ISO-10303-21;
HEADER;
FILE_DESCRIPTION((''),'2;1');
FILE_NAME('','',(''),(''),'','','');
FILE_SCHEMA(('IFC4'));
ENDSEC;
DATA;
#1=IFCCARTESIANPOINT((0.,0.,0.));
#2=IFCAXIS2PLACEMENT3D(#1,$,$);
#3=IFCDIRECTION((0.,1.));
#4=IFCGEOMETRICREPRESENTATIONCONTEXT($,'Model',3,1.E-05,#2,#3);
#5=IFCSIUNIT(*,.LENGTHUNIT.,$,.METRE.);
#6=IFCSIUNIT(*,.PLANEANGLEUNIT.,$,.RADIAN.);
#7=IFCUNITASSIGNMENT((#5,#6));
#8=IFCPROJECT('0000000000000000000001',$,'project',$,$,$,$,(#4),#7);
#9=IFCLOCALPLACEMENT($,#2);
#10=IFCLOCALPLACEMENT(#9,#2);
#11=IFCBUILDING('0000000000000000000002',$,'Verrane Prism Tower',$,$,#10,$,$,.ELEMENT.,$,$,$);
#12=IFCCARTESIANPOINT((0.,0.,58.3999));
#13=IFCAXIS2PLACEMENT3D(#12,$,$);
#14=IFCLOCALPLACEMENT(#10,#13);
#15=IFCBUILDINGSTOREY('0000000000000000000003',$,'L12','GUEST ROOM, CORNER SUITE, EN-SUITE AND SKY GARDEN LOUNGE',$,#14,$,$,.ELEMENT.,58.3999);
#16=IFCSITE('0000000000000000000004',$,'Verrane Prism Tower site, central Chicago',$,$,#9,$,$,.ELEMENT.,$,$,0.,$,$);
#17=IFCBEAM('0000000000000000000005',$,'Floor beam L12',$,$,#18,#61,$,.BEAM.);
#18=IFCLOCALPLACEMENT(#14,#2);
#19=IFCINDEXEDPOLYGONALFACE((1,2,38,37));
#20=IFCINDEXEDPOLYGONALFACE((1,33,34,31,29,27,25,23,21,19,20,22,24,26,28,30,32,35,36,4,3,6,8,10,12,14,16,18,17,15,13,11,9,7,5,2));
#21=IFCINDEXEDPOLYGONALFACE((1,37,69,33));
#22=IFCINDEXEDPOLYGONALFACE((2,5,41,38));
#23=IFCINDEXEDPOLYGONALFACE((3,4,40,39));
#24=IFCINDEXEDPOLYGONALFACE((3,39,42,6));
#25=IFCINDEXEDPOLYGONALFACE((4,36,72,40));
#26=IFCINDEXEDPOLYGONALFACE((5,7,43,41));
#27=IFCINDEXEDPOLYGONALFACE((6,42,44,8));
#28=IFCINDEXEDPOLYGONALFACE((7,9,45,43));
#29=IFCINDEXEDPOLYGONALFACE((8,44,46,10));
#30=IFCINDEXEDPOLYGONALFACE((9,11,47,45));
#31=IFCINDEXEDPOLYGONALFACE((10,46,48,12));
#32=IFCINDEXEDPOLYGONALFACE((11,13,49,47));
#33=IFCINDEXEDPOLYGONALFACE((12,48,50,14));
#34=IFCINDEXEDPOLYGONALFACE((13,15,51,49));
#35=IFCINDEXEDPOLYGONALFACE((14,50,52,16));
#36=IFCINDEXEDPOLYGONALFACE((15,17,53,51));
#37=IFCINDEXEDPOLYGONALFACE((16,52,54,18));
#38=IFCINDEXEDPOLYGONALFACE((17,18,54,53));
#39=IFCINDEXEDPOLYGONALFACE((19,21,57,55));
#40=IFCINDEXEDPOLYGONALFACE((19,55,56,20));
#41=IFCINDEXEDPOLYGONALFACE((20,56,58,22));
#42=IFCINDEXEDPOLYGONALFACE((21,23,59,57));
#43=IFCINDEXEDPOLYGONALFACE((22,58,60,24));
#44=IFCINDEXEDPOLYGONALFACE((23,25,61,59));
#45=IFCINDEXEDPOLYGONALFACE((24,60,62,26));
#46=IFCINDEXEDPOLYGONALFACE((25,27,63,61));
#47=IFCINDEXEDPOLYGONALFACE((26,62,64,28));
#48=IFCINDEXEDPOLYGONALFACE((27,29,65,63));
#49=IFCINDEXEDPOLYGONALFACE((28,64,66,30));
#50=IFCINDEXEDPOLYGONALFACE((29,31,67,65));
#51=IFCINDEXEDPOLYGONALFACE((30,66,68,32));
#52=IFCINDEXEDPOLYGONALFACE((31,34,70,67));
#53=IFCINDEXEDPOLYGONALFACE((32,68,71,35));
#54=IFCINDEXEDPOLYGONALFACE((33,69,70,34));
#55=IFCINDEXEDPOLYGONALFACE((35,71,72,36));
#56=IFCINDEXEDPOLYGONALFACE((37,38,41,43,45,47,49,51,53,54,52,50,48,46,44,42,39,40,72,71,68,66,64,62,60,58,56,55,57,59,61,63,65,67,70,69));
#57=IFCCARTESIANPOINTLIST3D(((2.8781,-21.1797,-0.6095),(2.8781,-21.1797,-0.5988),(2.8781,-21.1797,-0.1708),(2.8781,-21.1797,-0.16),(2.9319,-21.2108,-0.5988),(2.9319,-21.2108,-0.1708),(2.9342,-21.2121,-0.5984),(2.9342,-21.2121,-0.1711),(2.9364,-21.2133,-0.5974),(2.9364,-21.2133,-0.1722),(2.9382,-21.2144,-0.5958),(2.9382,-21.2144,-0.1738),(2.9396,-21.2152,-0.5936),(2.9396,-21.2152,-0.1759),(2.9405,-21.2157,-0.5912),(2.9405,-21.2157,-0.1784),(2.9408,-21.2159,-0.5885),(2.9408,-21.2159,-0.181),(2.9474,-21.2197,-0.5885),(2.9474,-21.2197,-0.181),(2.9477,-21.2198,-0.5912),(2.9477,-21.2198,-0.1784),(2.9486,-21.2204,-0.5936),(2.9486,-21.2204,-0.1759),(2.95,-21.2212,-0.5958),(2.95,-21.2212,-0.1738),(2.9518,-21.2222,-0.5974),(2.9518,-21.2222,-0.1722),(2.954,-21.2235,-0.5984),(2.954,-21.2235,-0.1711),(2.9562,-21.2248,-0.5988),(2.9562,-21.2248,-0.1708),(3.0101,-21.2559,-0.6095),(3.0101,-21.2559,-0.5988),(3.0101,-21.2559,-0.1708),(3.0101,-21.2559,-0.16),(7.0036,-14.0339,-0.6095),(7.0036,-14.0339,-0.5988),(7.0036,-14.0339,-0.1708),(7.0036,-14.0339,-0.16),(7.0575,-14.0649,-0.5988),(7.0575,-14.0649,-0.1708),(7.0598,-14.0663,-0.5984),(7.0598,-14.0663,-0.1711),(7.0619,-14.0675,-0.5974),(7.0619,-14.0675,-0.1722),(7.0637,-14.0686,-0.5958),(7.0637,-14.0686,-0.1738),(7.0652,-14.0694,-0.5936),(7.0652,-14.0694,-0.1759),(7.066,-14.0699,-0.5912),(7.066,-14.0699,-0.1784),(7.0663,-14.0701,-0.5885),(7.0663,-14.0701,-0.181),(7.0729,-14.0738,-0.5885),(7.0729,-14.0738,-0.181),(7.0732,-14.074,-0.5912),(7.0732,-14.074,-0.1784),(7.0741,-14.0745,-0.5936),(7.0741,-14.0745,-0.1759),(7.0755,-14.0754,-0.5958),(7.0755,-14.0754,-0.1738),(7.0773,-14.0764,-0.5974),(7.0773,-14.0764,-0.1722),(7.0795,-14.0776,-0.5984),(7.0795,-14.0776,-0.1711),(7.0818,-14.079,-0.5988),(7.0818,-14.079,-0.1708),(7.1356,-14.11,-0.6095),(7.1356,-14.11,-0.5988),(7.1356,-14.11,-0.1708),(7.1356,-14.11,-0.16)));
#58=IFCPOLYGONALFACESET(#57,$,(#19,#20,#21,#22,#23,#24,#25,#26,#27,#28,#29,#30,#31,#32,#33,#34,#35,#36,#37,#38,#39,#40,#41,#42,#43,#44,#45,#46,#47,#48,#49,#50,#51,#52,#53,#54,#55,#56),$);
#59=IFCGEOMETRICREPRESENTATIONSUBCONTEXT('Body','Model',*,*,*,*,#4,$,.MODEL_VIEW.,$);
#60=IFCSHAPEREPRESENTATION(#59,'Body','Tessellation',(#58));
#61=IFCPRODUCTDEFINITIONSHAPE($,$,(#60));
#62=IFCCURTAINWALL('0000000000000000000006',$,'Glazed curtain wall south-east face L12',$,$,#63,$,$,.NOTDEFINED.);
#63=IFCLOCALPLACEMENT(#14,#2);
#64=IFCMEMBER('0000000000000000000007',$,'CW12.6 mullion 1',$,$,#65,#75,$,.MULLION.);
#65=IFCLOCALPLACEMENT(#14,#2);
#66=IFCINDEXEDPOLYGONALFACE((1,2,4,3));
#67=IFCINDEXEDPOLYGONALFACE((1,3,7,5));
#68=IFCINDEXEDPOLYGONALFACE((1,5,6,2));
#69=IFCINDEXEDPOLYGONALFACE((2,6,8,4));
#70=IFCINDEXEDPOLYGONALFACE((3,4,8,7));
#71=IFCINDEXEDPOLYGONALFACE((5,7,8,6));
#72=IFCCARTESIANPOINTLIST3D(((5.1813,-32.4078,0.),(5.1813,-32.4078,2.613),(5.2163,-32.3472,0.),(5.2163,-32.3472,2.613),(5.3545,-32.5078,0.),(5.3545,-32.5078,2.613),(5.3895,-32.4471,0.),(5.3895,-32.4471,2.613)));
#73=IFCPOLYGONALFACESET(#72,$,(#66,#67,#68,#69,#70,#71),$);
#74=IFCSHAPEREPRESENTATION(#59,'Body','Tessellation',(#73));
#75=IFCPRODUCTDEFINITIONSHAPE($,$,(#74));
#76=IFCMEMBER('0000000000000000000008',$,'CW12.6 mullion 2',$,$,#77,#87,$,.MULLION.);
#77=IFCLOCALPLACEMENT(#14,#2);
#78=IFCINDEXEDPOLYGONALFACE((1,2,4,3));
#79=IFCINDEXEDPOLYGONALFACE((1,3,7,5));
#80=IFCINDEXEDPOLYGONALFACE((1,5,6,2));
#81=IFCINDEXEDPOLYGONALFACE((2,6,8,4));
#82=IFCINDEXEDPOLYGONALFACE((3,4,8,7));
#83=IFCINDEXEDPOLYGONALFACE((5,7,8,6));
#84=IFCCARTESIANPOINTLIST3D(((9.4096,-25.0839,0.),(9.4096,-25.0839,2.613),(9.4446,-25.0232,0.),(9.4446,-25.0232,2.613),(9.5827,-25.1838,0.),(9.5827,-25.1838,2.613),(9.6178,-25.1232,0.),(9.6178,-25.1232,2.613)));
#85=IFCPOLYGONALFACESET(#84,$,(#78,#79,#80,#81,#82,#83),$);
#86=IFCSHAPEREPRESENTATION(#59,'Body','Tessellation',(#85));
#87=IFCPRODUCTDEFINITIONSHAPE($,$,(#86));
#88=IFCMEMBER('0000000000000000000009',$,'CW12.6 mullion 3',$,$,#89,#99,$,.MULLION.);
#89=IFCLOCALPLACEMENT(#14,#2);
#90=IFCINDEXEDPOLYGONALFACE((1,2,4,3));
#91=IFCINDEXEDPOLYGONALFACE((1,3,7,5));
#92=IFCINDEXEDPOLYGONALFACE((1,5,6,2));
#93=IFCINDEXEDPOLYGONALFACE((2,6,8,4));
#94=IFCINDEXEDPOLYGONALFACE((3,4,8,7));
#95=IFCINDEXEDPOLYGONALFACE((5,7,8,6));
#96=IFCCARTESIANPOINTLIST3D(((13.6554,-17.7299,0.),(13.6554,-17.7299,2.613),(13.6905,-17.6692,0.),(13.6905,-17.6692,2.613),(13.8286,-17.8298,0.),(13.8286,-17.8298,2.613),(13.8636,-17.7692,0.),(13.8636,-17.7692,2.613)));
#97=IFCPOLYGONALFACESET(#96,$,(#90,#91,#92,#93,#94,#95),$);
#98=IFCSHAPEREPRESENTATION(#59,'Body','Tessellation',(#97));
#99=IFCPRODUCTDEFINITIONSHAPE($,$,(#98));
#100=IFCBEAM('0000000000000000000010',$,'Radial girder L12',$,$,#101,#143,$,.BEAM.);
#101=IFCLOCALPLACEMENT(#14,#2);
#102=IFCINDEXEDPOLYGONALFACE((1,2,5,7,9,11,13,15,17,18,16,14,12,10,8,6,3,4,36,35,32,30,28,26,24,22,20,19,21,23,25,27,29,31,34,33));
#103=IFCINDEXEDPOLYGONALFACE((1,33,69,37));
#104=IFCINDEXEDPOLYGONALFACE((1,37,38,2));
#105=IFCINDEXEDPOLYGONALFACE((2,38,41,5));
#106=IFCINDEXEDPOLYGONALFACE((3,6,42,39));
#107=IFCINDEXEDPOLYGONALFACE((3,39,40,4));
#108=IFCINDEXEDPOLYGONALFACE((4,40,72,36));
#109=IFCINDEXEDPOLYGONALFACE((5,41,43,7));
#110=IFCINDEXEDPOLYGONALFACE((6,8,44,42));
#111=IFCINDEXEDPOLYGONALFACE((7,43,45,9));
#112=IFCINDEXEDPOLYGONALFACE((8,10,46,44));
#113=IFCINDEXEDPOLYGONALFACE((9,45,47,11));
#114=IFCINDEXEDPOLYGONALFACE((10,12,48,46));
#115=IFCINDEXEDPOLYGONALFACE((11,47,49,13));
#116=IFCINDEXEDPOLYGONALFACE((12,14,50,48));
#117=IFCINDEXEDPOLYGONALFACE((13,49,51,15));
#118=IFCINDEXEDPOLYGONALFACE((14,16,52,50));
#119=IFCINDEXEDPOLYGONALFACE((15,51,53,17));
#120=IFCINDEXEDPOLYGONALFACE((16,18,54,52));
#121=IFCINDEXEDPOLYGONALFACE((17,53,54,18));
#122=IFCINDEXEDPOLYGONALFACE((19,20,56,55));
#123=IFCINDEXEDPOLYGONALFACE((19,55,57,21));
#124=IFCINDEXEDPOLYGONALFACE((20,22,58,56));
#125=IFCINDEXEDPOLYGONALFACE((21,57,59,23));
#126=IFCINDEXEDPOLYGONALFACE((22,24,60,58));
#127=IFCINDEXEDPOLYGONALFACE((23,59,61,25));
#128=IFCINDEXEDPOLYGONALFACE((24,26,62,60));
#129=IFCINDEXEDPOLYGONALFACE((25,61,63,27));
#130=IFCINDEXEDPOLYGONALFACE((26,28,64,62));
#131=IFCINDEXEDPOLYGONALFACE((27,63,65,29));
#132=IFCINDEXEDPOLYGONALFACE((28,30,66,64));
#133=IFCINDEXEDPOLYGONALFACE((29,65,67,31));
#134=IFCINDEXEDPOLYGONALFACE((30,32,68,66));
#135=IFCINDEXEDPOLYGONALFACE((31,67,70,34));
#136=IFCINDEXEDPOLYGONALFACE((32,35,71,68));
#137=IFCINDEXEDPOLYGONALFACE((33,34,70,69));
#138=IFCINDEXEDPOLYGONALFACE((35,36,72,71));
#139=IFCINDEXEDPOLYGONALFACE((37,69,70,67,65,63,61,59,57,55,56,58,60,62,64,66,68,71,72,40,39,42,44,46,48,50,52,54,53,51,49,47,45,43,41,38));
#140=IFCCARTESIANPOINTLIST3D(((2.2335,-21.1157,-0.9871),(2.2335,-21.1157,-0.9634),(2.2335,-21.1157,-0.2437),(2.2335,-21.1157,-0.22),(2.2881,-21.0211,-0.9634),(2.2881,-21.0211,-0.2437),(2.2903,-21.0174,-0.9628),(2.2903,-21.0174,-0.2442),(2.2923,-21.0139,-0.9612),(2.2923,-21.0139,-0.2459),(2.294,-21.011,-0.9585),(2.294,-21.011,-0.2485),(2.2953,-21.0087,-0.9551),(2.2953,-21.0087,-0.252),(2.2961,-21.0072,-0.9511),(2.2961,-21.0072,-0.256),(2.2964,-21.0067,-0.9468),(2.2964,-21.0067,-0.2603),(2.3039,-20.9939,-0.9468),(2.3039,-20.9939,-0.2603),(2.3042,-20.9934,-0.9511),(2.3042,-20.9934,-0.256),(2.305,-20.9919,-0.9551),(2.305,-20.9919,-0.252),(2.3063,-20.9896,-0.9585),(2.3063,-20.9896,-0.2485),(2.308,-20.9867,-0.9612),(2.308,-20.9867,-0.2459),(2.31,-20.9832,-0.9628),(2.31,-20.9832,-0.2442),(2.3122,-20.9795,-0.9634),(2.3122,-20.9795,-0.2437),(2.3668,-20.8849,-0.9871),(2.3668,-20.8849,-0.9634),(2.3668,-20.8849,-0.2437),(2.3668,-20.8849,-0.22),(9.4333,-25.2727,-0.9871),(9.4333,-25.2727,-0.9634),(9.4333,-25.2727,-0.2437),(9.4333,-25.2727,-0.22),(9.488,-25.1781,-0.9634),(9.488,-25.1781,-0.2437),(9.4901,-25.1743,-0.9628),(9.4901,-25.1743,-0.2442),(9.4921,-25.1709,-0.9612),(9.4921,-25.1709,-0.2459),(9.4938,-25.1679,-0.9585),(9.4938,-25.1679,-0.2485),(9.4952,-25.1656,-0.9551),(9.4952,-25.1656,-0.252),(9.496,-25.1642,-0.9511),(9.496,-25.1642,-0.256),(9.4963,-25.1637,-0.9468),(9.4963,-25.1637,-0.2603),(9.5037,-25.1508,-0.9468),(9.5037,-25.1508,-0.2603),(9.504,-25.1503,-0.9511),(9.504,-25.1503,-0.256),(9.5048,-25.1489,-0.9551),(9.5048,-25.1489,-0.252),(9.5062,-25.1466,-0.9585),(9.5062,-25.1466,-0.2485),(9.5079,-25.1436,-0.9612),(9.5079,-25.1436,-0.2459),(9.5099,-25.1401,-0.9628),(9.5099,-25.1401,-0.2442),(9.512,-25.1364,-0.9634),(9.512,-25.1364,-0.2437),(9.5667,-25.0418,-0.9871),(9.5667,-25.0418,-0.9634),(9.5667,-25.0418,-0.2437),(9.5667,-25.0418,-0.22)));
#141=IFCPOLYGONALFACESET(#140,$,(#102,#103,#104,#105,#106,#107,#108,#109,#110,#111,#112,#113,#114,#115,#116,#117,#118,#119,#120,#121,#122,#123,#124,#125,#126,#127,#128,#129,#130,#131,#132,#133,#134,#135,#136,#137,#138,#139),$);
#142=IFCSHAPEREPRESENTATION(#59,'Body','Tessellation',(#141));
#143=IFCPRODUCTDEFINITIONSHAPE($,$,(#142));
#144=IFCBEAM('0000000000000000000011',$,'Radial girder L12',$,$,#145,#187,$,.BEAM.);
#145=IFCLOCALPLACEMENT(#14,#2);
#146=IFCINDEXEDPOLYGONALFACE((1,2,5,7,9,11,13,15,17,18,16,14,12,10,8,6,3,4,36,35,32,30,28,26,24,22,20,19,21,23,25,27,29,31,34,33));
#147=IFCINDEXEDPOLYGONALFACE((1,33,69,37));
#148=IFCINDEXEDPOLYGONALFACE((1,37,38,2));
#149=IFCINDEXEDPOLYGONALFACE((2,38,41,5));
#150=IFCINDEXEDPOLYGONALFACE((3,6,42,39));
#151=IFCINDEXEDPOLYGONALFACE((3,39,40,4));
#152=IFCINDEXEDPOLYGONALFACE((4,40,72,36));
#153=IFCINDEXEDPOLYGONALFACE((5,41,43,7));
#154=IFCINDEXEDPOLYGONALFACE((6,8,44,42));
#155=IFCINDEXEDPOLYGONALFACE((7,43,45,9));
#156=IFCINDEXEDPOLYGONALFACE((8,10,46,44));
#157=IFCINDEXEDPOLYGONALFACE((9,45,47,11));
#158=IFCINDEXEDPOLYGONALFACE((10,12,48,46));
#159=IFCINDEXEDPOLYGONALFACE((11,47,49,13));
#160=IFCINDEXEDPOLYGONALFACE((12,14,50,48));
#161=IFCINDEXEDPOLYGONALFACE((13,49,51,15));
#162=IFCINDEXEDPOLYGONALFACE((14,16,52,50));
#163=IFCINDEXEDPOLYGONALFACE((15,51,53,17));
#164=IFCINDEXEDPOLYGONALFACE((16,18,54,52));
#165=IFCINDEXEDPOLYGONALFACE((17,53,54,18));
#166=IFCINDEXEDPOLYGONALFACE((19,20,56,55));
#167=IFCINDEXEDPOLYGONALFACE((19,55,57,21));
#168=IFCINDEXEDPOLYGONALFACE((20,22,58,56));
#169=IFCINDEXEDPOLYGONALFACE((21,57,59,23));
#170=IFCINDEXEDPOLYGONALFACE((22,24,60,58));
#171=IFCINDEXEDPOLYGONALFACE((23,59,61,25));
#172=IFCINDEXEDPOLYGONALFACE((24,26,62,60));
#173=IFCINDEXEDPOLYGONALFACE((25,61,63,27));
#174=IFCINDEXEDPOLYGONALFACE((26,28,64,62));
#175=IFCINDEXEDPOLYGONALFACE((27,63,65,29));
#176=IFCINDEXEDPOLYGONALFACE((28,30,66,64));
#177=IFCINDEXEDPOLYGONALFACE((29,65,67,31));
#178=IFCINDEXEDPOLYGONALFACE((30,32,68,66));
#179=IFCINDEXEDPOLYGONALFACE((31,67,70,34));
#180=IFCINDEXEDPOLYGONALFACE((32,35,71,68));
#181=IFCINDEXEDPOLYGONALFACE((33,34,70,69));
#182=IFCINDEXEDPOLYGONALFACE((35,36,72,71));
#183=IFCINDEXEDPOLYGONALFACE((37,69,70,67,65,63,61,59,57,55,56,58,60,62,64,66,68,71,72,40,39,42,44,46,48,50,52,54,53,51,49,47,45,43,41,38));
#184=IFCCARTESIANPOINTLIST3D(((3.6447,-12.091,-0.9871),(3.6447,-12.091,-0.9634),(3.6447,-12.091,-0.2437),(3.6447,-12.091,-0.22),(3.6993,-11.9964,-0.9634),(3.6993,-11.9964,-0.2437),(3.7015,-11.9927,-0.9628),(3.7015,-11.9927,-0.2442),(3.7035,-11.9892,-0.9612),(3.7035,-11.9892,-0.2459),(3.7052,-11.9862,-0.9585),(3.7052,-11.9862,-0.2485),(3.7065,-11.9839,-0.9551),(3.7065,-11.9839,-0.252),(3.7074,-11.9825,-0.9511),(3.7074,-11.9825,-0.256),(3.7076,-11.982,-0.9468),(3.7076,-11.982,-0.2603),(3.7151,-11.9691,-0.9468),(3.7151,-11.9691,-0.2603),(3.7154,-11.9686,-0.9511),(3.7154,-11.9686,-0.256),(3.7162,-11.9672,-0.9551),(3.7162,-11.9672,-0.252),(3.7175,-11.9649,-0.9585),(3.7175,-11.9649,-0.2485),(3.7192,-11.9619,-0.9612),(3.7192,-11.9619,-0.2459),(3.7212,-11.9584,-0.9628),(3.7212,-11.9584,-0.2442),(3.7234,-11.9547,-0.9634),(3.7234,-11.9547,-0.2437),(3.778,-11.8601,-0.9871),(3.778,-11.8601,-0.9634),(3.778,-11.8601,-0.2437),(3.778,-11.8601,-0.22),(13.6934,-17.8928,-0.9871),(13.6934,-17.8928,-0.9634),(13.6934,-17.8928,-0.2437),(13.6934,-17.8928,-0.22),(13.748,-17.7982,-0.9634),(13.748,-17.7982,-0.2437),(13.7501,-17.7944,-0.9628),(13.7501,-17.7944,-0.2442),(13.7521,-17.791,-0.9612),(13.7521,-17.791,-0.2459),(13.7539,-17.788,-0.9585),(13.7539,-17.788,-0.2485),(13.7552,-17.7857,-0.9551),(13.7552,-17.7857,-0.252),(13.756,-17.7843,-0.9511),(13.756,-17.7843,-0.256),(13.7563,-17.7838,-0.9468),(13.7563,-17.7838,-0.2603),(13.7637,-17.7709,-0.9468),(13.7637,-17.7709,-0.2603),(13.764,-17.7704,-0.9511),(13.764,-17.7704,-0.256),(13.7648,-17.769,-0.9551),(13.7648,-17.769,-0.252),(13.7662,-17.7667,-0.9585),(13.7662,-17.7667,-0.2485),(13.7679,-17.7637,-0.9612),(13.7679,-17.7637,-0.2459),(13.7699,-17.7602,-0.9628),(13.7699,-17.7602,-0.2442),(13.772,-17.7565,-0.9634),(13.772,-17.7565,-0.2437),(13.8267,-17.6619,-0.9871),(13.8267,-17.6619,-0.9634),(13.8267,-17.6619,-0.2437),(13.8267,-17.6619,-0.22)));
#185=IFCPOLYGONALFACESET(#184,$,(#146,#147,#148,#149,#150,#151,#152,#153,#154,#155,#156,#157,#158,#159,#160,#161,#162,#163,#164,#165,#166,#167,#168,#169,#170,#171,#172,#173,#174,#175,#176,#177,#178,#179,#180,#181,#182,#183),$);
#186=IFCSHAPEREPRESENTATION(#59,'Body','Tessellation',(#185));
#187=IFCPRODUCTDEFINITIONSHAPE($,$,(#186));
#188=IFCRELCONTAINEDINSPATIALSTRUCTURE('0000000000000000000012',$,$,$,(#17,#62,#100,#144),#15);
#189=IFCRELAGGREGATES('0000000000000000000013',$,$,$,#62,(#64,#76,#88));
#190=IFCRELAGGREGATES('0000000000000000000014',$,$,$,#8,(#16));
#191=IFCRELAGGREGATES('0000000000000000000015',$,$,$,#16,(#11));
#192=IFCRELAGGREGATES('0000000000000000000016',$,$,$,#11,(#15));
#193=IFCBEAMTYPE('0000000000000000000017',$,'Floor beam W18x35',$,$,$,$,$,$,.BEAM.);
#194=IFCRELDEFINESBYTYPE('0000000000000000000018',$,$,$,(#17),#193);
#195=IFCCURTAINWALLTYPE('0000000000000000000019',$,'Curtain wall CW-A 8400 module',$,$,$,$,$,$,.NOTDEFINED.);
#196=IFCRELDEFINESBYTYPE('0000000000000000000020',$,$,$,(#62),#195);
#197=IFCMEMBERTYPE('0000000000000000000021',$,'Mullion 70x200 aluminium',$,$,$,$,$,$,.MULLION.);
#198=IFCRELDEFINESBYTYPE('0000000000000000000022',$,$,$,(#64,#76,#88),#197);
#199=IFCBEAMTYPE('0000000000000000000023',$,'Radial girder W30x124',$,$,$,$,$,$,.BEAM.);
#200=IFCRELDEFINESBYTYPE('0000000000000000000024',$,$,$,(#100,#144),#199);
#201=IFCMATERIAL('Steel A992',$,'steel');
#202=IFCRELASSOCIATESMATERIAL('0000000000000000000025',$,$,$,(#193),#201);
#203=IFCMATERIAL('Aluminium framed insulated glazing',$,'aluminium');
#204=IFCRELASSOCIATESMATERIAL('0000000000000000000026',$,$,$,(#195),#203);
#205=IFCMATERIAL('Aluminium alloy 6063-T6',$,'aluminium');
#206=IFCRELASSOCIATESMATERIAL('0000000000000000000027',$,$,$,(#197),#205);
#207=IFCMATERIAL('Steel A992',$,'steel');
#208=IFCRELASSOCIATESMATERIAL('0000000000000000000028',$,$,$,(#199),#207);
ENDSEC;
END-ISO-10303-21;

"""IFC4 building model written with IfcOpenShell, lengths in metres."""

from ifc_helpers import new_model, si_unit, direction, frame, origin, origin_2d, place, context, subcontext, project, spatial, rectangle, i_section, extrude, material, material_profile, profile_set, type_object, element, aggregate, save


model = new_model("IFC4")

# Units and contexts
model_context = context("Model", 3, precision=1e-05, world=origin(), true_north=direction((0.0, 1.0)))
body_context = subcontext(model_context, "Body", "Model", "MODEL_VIEW")
ifc_project = project(units=[si_unit("LENGTHUNIT", "METRE"), si_unit("PLANEANGLEUNIT", "RADIAN")], contexts=[model_context])

# Site, building, storey
site_placement = place(None, origin())
site = spatial("IfcSite", under=ifc_project, at=site_placement, Name="Verrane Prism Tower site, central Chicago", CompositionType="ELEMENT", RefElevation=0.0)
building_placement = place(site_placement, origin())
building = spatial("IfcBuilding", under=site, at=building_placement, Name="Verrane Prism Tower", CompositionType="ELEMENT")
storey_placement = place(building_placement, frame((0.0, 0.0, 58.3999)))
storey = spatial("IfcBuildingStorey", under=building, at=storey_placement, Name="L12", Description="GUEST ROOM, CORNER SUITE, EN-SUITE AND SKY GARDEN LOUNGE", CompositionType="ELEMENT", Elevation=58.3999)

# Beam
ifc_material_1 = material(Name="Steel A992", Category="steel")
ifc_material_profile_1 = material_profile(ifc_material_1, i_section(OverallWidth=0.1523, OverallDepth=0.4495, WebThickness=0.0076, FlangeThickness=0.0107, FilletRadius=0.0103, at=origin_2d()), Name="W18x35")
ifc_profile_set_1 = profile_set([ifc_material_profile_1], Name="Steel A992")
beam_type_1 = type_object("IfcBeamType", Name="Floor beam W18x35", PredefinedType="BEAM", material=ifc_profile_set_1)
beam_1_placement = place(storey_placement, frame((2.9441, -21.2178, -0.3848), z_axis=(0.49999, 0.866031, 0.0), x_axis=(-0.866031, 0.49999, 0.0)))
element("IfcBeam", 1, at=beam_1_placement, inside=storey, type_object=beam_type_1, Name="Floor beam L12", PredefinedType="BEAM", context=body_context, shape_type="SweptSolid", body=[
    extrude(i_section(OverallWidth=0.1523, OverallDepth=0.4495, WebThickness=0.0076, FlangeThickness=0.0107, FilletRadius=0.0103, at=origin_2d()), origin(), (0.0, 0.0, 1.0), 8.2512),
])

# Curtain wall, members
ifc_material_2 = material(Name="Aluminium framed insulated glazing", Category="aluminium")
curtain_wall_type = type_object("IfcCurtainWallType", Name="Curtain wall CW-A 8400 module", PredefinedType="NOTDEFINED", material=ifc_material_2)
curtain_wall_1_placement = place(storey_placement, origin())
curtain_wall_1 = element("IfcCurtainWall", 2, at=curtain_wall_1_placement, inside=storey, type_object=curtain_wall_type, Name="Glazed curtain wall south-east face L12", PredefinedType="NOTDEFINED")
ifc_material_3 = material(Name="Aluminium alloy 6063-T6", Category="aluminium")
ifc_material_profile_2 = material_profile(ifc_material_3, rectangle(XDim=0.2, YDim=0.0701, at=origin_2d()), Name="Mullion 70x200 aluminium")
ifc_profile_set_2 = profile_set([ifc_material_profile_2], Name="Aluminium alloy 6063-T6")
member_type_1 = type_object("IfcMemberType", Name="Mullion 70x200 aluminium", PredefinedType="MULLION", material=ifc_profile_set_2)
member_1_placement = place(storey_placement, frame((5.2854, -32.4275, 0.0), z_axis=(0.0, 0.0, 1.0), x_axis=(-0.866026, 0.499999, 0.0)))
member_1 = element("IfcMember", 3, at=member_1_placement, type_object=member_type_1, Name="CW12.6 mullion 1", PredefinedType="MULLION", context=body_context, shape_type="SweptSolid", body=[
    extrude(rectangle(XDim=0.2, YDim=0.0701, at=origin_2d()), origin(), (0.0, 0.0, 1.0), 2.613),
])
member_2_placement = place(storey_placement, frame((9.5137, -25.1035, 0.0), z_axis=(0.0, 0.0, 1.0), x_axis=(-0.866026, 0.499999, 0.0)))
member_2 = element("IfcMember", 4, at=member_2_placement, type_object=member_type_1, Name="CW12.6 mullion 2", PredefinedType="MULLION", context=body_context, shape_type="SweptSolid", body=[
    extrude(rectangle(XDim=0.2, YDim=0.0701, at=origin_2d()), origin(), (0.0, 0.0, 1.0), 2.613),
])
member_3_placement = place(storey_placement, frame((13.7595, -17.7495, 0.0), z_axis=(0.0, 0.0, 1.0), x_axis=(-0.866026, 0.499999, 0.0)))
member_3 = element("IfcMember", 5, at=member_3_placement, type_object=member_type_1, Name="CW12.6 mullion 3", PredefinedType="MULLION", context=body_context, shape_type="SweptSolid", body=[
    extrude(rectangle(XDim=0.2, YDim=0.0701, at=origin_2d()), origin(), (0.0, 0.0, 1.0), 2.613),
])

# Beams
ifc_material_4 = material(Name="Steel A992", Category="steel")
ifc_material_profile_3 = material_profile(ifc_material_4, i_section(OverallWidth=0.2666, OverallDepth=0.7671, WebThickness=0.0149, FlangeThickness=0.0237, FilletRadius=0.0166, at=origin_2d()), Name="W30x124")
ifc_profile_set_3 = profile_set([ifc_material_profile_3], Name="Steel A992")
beam_type_2 = type_object("IfcBeamType", Name="Radial girder W30x124", PredefinedType="BEAM", material=ifc_profile_set_3)
beam_2_placement = place(storey_placement, frame((9.5, -25.1572, -0.6035), z_axis=(-0.866021, 0.500008, 0.0), x_axis=(-0.500008, -0.866021, 0.0)))
element("IfcBeam", 6, at=beam_2_placement, inside=storey, type_object=beam_type_2, Name="Radial girder L12", PredefinedType="BEAM", context=body_context, shape_type="SweptSolid", body=[
    extrude(i_section(OverallWidth=0.2666, OverallDepth=0.7671, WebThickness=0.0149, FlangeThickness=0.0237, FilletRadius=0.0166, at=origin_2d()), origin(), (0.0, 0.0, 1.0), 8.3137),
])
beam_3_placement = place(storey_placement, frame((13.76, -17.7773, -0.6035), z_axis=(-0.866018, 0.500013, 0.0), x_axis=(-0.500013, -0.866018, 0.0)))
element("IfcBeam", 7, at=beam_3_placement, inside=storey, type_object=beam_type_2, Name="Radial girder L12", PredefinedType="BEAM", context=body_context, shape_type="SweptSolid", body=[
    extrude(i_section(OverallWidth=0.2666, OverallDepth=0.7671, WebThickness=0.0149, FlangeThickness=0.0237, FilletRadius=0.0166, at=origin_2d()), origin(), (0.0, 0.0, 1.0), 11.6033),
])

aggregate(curtain_wall_1, [member_1, member_2, member_3])

save(model, "model.ifc")
